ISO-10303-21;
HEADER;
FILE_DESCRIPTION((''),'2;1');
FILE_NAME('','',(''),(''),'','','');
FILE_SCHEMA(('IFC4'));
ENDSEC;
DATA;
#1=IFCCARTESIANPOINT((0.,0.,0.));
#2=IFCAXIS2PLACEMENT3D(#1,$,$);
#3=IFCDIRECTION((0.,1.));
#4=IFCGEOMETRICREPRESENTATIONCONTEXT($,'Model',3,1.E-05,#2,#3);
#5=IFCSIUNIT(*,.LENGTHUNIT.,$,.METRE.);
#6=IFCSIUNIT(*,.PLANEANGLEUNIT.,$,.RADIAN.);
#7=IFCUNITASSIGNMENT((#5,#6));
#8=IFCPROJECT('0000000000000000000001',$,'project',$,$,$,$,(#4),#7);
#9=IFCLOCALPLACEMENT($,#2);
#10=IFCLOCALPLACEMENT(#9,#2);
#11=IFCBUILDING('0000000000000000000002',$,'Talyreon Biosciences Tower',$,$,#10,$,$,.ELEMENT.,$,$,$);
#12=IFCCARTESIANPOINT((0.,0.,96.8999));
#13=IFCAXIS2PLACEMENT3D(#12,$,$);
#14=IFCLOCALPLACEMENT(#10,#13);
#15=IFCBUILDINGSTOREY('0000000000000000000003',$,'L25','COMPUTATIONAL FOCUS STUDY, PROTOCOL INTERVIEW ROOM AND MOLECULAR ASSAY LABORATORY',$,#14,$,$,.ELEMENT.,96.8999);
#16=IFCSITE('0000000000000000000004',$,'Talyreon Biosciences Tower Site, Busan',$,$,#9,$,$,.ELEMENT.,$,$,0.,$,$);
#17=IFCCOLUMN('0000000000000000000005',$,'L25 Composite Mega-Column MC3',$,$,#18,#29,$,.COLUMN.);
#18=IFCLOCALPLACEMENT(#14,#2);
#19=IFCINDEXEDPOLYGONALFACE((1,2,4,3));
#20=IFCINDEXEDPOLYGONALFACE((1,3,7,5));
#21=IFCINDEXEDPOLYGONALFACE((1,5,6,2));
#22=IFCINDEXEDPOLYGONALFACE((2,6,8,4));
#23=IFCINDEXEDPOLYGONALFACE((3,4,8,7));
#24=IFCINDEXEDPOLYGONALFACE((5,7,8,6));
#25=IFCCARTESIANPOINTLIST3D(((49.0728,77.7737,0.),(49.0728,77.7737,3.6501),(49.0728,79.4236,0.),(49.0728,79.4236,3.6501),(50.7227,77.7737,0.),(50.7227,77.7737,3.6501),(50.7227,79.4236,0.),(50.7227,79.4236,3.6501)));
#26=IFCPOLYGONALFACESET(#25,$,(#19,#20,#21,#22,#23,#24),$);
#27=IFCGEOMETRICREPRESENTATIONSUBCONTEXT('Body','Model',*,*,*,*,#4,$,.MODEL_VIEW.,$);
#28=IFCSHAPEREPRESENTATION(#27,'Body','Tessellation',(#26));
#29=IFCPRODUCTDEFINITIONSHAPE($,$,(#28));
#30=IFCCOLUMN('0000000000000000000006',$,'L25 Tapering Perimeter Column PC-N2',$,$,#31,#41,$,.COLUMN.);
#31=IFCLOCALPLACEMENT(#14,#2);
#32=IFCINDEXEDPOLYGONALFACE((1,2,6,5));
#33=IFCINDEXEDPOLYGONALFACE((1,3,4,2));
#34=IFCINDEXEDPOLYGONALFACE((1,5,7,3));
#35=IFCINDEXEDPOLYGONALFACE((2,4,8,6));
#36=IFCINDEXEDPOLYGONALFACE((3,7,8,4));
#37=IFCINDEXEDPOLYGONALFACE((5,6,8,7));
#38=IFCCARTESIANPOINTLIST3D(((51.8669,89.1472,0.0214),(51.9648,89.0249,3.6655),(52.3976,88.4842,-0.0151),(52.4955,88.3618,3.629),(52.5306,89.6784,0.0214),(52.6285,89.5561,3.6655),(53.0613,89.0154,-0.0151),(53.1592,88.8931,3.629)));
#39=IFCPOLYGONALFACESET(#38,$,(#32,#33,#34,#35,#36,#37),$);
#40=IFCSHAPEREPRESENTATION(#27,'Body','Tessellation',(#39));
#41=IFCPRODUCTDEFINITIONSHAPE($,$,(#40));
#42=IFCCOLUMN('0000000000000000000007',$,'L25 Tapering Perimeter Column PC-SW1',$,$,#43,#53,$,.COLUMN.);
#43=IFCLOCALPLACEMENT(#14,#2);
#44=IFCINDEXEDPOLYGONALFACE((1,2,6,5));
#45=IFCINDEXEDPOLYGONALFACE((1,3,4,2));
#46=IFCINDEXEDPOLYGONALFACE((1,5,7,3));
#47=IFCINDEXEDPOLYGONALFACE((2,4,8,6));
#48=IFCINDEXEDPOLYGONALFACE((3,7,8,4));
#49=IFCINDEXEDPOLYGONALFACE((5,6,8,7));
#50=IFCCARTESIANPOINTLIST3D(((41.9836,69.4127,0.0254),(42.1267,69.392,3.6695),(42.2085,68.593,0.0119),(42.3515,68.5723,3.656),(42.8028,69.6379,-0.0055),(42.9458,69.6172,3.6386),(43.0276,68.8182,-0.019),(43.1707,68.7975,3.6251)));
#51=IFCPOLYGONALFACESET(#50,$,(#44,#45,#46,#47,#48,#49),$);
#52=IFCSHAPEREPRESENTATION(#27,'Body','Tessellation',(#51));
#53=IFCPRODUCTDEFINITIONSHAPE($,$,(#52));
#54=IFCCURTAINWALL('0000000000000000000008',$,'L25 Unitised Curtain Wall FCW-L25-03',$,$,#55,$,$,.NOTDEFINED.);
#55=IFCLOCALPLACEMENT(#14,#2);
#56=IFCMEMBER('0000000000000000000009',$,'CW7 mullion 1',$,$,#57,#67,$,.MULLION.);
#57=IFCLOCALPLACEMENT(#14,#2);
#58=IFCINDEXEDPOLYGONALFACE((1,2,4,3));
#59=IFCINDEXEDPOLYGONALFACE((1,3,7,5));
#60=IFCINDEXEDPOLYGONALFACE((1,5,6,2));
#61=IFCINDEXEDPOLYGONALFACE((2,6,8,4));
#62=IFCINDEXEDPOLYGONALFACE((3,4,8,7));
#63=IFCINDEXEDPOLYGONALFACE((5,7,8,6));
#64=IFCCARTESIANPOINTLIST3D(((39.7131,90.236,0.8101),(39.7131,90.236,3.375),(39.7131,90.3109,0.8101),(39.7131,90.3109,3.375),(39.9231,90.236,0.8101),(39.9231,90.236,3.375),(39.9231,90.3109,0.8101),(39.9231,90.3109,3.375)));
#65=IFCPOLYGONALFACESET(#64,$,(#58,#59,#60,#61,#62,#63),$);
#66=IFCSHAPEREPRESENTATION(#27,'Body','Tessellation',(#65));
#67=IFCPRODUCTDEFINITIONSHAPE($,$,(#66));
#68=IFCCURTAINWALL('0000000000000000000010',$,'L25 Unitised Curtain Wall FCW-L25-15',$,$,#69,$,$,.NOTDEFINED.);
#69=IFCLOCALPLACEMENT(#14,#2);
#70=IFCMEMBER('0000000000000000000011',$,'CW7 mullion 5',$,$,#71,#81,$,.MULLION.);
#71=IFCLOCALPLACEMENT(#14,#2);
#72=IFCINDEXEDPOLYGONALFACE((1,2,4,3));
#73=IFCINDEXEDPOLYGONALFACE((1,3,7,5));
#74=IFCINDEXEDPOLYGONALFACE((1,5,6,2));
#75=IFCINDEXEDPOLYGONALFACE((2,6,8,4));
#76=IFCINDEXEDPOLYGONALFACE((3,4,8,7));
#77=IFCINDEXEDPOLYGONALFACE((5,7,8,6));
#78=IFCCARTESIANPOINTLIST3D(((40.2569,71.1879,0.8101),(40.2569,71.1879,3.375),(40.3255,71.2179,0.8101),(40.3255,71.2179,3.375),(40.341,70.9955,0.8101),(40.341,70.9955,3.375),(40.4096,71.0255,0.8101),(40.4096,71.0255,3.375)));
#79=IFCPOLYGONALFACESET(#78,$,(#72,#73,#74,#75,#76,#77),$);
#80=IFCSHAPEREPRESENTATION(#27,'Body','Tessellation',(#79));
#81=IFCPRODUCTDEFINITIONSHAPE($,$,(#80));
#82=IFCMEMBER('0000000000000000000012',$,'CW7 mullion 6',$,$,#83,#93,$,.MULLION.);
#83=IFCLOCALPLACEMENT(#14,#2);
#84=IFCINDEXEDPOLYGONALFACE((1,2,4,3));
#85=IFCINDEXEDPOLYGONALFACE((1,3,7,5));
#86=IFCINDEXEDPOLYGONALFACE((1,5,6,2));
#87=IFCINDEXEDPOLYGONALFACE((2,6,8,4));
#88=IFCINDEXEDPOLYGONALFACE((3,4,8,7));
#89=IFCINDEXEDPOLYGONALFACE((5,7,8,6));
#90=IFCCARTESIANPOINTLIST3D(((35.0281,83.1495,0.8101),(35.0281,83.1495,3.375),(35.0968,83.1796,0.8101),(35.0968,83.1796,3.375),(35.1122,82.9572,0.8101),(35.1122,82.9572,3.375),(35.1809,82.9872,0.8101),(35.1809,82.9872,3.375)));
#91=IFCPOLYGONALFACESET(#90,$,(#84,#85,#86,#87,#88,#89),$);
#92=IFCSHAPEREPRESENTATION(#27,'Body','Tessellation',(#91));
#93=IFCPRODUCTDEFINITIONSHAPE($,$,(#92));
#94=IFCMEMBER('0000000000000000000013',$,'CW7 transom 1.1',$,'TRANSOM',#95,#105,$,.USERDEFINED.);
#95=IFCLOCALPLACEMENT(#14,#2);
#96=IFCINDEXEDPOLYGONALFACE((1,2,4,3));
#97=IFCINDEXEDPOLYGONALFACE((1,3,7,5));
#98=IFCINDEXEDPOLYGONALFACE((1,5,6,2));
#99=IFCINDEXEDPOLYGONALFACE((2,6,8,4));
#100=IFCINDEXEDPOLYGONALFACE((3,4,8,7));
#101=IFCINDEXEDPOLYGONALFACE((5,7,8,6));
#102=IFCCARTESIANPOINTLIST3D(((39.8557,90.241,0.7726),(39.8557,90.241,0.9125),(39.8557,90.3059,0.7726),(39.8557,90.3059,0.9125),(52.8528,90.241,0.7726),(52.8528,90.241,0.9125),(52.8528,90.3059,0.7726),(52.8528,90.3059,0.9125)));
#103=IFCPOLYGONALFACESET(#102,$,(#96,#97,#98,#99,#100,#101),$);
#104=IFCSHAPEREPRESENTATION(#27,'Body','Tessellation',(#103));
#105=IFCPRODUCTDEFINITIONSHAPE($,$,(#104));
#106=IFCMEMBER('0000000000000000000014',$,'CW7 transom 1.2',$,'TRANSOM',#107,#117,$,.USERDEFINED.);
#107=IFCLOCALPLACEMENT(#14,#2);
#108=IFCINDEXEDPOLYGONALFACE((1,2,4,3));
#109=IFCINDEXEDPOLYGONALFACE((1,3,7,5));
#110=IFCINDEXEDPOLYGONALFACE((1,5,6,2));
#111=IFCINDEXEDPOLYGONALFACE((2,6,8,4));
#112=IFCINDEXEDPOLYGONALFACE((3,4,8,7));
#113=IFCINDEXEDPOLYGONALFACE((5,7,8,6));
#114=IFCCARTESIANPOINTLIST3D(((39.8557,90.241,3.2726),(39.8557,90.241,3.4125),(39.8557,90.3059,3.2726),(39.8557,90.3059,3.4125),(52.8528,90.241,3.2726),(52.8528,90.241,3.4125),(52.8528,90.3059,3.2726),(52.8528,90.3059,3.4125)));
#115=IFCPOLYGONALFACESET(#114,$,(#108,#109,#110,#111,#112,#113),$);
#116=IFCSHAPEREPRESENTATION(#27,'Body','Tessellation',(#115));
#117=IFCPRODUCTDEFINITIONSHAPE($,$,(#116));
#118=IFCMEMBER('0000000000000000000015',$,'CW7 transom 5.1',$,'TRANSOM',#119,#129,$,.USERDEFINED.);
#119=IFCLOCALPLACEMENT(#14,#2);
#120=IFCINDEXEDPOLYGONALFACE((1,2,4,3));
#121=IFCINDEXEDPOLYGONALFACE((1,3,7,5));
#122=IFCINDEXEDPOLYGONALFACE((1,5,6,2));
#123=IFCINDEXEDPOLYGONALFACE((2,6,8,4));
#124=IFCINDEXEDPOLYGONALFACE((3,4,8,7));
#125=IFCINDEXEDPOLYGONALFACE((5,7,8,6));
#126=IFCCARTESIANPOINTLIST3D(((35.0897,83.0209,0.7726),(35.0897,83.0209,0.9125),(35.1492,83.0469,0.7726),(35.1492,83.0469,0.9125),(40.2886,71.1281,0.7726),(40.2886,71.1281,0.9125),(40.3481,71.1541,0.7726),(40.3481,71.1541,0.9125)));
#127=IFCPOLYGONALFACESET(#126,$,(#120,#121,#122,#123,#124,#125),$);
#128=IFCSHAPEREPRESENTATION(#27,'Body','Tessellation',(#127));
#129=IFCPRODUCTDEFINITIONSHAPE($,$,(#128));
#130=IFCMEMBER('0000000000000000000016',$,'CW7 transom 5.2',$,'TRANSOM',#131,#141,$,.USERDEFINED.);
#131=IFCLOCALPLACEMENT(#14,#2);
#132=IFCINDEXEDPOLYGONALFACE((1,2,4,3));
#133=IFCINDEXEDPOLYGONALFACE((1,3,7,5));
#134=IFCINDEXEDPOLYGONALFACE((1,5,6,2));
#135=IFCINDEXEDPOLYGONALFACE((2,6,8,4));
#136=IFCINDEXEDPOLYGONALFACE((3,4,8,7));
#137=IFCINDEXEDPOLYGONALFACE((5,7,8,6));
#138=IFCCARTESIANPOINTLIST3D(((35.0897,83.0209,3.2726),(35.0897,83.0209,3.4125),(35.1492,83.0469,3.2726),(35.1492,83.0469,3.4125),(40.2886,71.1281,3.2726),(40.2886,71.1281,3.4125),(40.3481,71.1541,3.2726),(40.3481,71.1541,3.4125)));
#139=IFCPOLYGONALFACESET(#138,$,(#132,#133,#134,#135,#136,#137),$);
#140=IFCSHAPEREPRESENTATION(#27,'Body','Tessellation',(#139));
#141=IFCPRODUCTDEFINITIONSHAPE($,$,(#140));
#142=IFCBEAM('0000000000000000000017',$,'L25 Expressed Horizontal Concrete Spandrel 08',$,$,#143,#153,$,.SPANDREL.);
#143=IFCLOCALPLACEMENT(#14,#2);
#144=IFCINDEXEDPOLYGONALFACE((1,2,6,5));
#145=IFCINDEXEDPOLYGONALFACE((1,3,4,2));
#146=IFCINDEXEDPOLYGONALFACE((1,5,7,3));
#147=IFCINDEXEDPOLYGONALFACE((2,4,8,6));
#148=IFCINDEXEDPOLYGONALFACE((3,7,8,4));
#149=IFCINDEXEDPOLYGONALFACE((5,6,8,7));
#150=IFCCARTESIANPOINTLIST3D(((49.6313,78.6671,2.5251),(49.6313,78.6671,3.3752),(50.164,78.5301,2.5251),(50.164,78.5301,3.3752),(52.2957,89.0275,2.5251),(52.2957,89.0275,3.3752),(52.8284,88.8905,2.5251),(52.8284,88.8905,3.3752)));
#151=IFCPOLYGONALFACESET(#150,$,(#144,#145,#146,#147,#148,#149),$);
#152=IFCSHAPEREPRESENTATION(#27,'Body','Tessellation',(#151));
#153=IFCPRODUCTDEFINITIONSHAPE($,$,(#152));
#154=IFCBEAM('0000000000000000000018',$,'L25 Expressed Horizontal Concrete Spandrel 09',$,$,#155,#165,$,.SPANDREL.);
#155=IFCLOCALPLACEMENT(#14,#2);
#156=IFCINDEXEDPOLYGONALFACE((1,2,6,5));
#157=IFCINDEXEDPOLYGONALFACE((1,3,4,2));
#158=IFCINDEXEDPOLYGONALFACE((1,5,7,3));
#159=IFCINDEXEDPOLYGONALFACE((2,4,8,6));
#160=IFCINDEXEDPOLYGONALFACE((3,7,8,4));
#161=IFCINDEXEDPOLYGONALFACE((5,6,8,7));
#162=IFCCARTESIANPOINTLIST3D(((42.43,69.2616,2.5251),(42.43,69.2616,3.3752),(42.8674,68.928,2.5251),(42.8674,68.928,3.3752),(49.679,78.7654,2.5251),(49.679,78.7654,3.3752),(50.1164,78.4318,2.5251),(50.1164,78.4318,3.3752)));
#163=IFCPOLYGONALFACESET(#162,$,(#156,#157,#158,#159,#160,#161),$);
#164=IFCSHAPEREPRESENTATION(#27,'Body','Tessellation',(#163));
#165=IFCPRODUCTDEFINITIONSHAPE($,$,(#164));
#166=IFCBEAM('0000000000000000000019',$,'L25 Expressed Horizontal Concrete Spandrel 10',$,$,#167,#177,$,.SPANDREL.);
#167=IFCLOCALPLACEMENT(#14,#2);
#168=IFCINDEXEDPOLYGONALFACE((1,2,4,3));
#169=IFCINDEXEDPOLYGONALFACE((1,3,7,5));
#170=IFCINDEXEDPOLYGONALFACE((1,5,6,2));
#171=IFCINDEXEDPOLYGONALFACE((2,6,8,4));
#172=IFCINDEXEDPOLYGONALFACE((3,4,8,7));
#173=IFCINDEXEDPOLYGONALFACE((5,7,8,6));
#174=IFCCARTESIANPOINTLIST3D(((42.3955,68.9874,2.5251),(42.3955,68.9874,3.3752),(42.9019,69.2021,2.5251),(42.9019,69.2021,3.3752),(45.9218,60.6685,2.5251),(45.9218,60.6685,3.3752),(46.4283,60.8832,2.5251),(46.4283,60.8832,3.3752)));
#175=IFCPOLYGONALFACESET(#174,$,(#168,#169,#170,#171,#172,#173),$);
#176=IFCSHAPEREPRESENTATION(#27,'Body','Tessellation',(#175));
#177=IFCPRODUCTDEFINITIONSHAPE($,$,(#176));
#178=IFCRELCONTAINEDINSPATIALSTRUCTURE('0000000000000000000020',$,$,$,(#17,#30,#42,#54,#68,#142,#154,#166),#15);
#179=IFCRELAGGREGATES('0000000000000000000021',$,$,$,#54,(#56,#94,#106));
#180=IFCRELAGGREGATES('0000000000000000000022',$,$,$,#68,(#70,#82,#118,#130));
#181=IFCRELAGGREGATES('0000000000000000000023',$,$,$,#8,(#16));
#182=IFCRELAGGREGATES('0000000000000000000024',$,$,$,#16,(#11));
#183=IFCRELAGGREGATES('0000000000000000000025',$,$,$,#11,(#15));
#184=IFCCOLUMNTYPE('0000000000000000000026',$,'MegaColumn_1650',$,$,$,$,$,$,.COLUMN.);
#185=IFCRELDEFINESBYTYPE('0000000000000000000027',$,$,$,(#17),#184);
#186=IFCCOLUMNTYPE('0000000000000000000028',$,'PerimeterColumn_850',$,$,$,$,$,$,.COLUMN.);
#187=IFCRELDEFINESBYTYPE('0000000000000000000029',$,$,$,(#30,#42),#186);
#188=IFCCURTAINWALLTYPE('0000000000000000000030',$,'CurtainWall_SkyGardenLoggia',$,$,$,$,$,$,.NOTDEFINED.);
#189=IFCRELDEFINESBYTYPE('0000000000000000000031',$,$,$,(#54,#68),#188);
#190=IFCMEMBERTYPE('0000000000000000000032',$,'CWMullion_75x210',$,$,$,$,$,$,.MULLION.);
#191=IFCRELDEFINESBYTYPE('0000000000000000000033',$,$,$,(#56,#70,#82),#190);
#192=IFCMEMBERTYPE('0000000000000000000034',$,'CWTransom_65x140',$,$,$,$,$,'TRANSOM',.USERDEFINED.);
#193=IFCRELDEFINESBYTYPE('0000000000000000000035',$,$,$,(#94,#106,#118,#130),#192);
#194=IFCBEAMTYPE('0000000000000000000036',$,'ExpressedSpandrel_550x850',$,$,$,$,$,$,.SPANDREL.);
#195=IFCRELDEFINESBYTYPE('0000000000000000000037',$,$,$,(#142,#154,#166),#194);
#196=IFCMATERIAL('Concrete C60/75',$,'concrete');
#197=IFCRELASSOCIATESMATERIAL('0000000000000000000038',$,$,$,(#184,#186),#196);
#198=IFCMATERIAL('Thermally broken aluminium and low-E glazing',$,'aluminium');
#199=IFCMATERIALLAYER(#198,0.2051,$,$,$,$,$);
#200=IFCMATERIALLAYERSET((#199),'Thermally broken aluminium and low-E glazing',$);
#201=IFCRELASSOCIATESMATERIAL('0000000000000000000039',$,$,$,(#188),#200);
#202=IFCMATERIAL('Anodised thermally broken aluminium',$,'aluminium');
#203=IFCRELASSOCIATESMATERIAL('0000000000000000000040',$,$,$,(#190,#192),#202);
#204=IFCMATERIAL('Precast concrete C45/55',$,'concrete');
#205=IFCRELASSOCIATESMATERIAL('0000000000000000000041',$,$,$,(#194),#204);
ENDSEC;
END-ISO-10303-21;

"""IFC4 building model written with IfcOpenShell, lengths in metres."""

from ifc_helpers import new_model, si_unit, direction, frame, origin, origin_2d, place, context, subcontext, project, spatial, rectangle, extrude, material, layer, layer_set, material_profile, profile_set, type_object, element, aggregate, save


model = new_model("IFC4")

# Units and contexts
model_context = context("Model", 3, precision=1e-05, world=origin(), true_north=direction((0.0, 1.0)))
body_context = subcontext(model_context, "Body", "Model", "MODEL_VIEW")
ifc_project = project(units=[si_unit("LENGTHUNIT", "METRE"), si_unit("PLANEANGLEUNIT", "RADIAN")], contexts=[model_context])

# Site, building, storey
site_placement = place(None, origin())
site = spatial("IfcSite", under=ifc_project, at=site_placement, Name="Talyreon Biosciences Tower Site, Busan", CompositionType="ELEMENT", RefElevation=0.0)
building_placement = place(site_placement, origin())
building = spatial("IfcBuilding", under=site, at=building_placement, Name="Talyreon Biosciences Tower", CompositionType="ELEMENT")
storey_placement = place(building_placement, frame((0.0, 0.0, 96.8999)))
storey = spatial("IfcBuildingStorey", under=building, at=storey_placement, Name="L25", Description="COMPUTATIONAL FOCUS STUDY, PROTOCOL INTERVIEW ROOM AND MOLECULAR ASSAY LABORATORY", CompositionType="ELEMENT", Elevation=96.8999)

# Columns
ifc_material_1 = material(Name="Concrete C60/75", Category="concrete")
ifc_material_profile_1 = material_profile(ifc_material_1, rectangle(XDim=1.6499, YDim=1.6499, at=origin_2d()), Name="RC 1650x1650")
ifc_profile_set_1 = profile_set([ifc_material_profile_1], Name="Concrete C60/75")
column_type_1 = type_object("IfcColumnType", Name="MegaColumn_1650", PredefinedType="COLUMN", material=ifc_profile_set_1)
column_1_placement = place(storey_placement, frame((49.8977, 78.5986, 0.0), z_axis=(0.0, 0.0, 1.0), x_axis=(1.0, 0.0, 0.0)))
element("IfcColumn", 1, at=column_1_placement, inside=storey, type_object=column_type_1, Name="L25 Composite Mega-Column MC3", PredefinedType="COLUMN", context=body_context, shape_type="SweptSolid", body=[
    extrude(rectangle(XDim=1.6499, YDim=1.6499, at=origin_2d()), origin(), (0.0, 0.0, 1.0), 3.6501),
])
ifc_material_profile_2 = material_profile(ifc_material_1, rectangle(XDim=0.8501, YDim=0.8501, at=origin_2d()), Name="RC 850x850")
ifc_profile_set_2 = profile_set([ifc_material_profile_2], Name="Concrete C60/75")
column_type_2 = type_object("IfcColumnType", Name="PerimeterColumn_850", PredefinedType="COLUMN", material=ifc_profile_set_2)
column_2_placement = place(storey_placement, frame((52.4641, 89.0813, 0.0032), z_axis=(0.026841, -0.033535, 0.999077), x_axis=(-0.780717, -0.624885, 0.0)))
element("IfcColumn", 2, at=column_2_placement, inside=storey, type_object=column_type_2, Name="L25 Tapering Perimeter Column PC-N2", PredefinedType="COLUMN", context=body_context, shape_type="SweptSolid", body=[
    extrude(rectangle(XDim=0.8501, YDim=0.8501, at=origin_2d()), origin(), (0.0, 0.0, 1.0), 3.6475),
])
column_3_placement = place(storey_placement, frame((42.5056, 69.1155, 0.0032), z_axis=(0.039229, -0.00569, 0.999214), x_axis=(0.963588, 0.264915, -0.036322)))
element("IfcColumn", 3, at=column_3_placement, inside=storey, type_object=column_type_2, Name="L25 Tapering Perimeter Column PC-SW1", PredefinedType="COLUMN", context=body_context, shape_type="SweptSolid", body=[
    extrude(rectangle(XDim=0.8501, YDim=0.8501, at=origin_2d()), origin(), (0.0, 0.0, 1.0), 3.647),
])

# Curtain wall, member
ifc_material_2 = material(Name="Thermally broken aluminium and low-E glazing", Category="aluminium")
ifc_layer_1 = layer(ifc_material_2, 0.2051)
ifc_layer_set_1 = layer_set([ifc_layer_1], Name="Thermally broken aluminium and low-E glazing")
curtain_wall_type = type_object("IfcCurtainWallType", Name="CurtainWall_SkyGardenLoggia", PredefinedType="NOTDEFINED", material=ifc_layer_set_1)
curtain_wall_1_placement = place(storey_placement, origin())
curtain_wall_1 = element("IfcCurtainWall", 4, at=curtain_wall_1_placement, inside=storey, type_object=curtain_wall_type, Name="L25 Unitised Curtain Wall FCW-L25-03", PredefinedType="NOTDEFINED")
ifc_material_3 = material(Name="Anodised thermally broken aluminium", Category="aluminium")
ifc_material_profile_3 = material_profile(ifc_material_3, rectangle(XDim=0.075, YDim=0.21, at=origin_2d()), Name="ALUM MULLION 75x210")
ifc_profile_set_3 = profile_set([ifc_material_profile_3], Name="Anodised thermally broken aluminium")
member_type_1 = type_object("IfcMemberType", Name="CWMullion_75x210", PredefinedType="MULLION", material=ifc_profile_set_3)
member_1_placement = place(storey_placement, frame((39.8181, 90.2734, 0.8101), z_axis=(0.0, 0.0, 1.0), x_axis=(0.0, 1.0, 0.0)))
member_1 = element("IfcMember", 5, at=member_1_placement, type_object=member_type_1, Name="CW7 mullion 1", PredefinedType="MULLION", context=body_context, shape_type="SweptSolid", body=[
    extrude(rectangle(XDim=0.075, YDim=0.21, at=origin_2d()), origin(), (0.0, 0.0, 1.0), 2.5649),
])

# Curtain wall, members
curtain_wall_2_placement = place(storey_placement, origin())
curtain_wall_2 = element("IfcCurtainWall", 6, at=curtain_wall_2_placement, inside=storey, type_object=curtain_wall_type, Name="L25 Unitised Curtain Wall FCW-L25-15", PredefinedType="NOTDEFINED")
member_2_placement = place(storey_placement, frame((40.3333, 71.1067, 0.8101), z_axis=(0.0, 0.0, 1.0), x_axis=(-0.916278, -0.400542, 0.0)))
member_2 = element("IfcMember", 7, at=member_2_placement, type_object=member_type_1, Name="CW7 mullion 5", PredefinedType="MULLION", context=body_context, shape_type="SweptSolid", body=[
    extrude(rectangle(XDim=0.075, YDim=0.21, at=origin_2d()), origin(), (0.0, 0.0, 1.0), 2.5649),
])
member_3_placement = place(storey_placement, frame((35.1045, 83.0684, 0.8101), z_axis=(0.0, 0.0, 1.0), x_axis=(-0.916278, -0.400542, 0.0)))
member_3 = element("IfcMember", 8, at=member_3_placement, type_object=member_type_1, Name="CW7 mullion 6", PredefinedType="MULLION", context=body_context, shape_type="SweptSolid", body=[
    extrude(rectangle(XDim=0.075, YDim=0.21, at=origin_2d()), origin(), (0.0, 0.0, 1.0), 2.5649),
])

# Members
ifc_material_profile_4 = material_profile(ifc_material_3, rectangle(XDim=0.0649, YDim=0.1399, at=origin_2d()), Name="ALUM TRANSOM 65x140")
ifc_profile_set_4 = profile_set([ifc_material_profile_4], Name="Anodised thermally broken aluminium")
member_type_2 = type_object("IfcMemberType", Name="CWTransom_65x140", ElementType="TRANSOM", PredefinedType="USERDEFINED", material=ifc_profile_set_4)
member_4_placement = place(storey_placement, frame((39.8557, 90.2734, 0.8425), z_axis=(1.0, 0.0, 0.0), x_axis=(0.0, 1.0, 0.0)))
member_4 = element("IfcMember", 9, at=member_4_placement, type_object=member_type_2, Name="CW7 transom 1.1", ObjectType="TRANSOM", PredefinedType="USERDEFINED", context=body_context, shape_type="SweptSolid", body=[
    extrude(rectangle(XDim=0.0649, YDim=0.1399, at=origin_2d()), origin(), (0.0, 0.0, 1.0), 12.9971),
])
member_5_placement = place(storey_placement, frame((39.8557, 90.2734, 3.3425), z_axis=(1.0, 0.0, 0.0), x_axis=(0.0, 1.0, 0.0)))
member_5 = element("IfcMember", 10, at=member_5_placement, type_object=member_type_2, Name="CW7 transom 1.2", ObjectType="TRANSOM", PredefinedType="USERDEFINED", context=body_context, shape_type="SweptSolid", body=[
    extrude(rectangle(XDim=0.0649, YDim=0.1399, at=origin_2d()), origin(), (0.0, 0.0, 1.0), 12.9971),
])
member_6_placement = place(storey_placement, frame((40.3184, 71.1411, 0.8425), z_axis=(-0.400551, 0.916274, 0.0), x_axis=(-0.916274, -0.400551, 0.0)))
member_6 = element("IfcMember", 11, at=member_6_placement, type_object=member_type_2, Name="CW7 transom 5.1", ObjectType="TRANSOM", PredefinedType="USERDEFINED", context=body_context, shape_type="SweptSolid", body=[
    extrude(rectangle(XDim=0.0649, YDim=0.1399, at=origin_2d()), origin(), (0.0, 0.0, 1.0), 12.9795),
])
member_7_placement = place(storey_placement, frame((40.3184, 71.1411, 3.3425), z_axis=(-0.400551, 0.916274, 0.0), x_axis=(-0.916274, -0.400551, 0.0)))
member_7 = element("IfcMember", 12, at=member_7_placement, type_object=member_type_2, Name="CW7 transom 5.2", ObjectType="TRANSOM", PredefinedType="USERDEFINED", context=body_context, shape_type="SweptSolid", body=[
    extrude(rectangle(XDim=0.0649, YDim=0.1399, at=origin_2d()), origin(), (0.0, 0.0, 1.0), 12.9795),
])

# Beams
ifc_material_4 = material(Name="Precast concrete C45/55", Category="concrete")
ifc_material_profile_5 = material_profile(ifc_material_4, rectangle(XDim=0.55, YDim=0.8501, at=origin_2d()), Name="RCB 550x850")
ifc_profile_set_5 = profile_set([ifc_material_profile_5], Name="Precast concrete C45/55")
beam_type_1 = type_object("IfcBeamType", Name="ExpressedSpandrel_550x850", PredefinedType="SPANDREL", material=ifc_profile_set_5)
beam_1_placement = place(storey_placement, frame((52.562, 88.959, 2.9502), z_axis=(-0.24906, -0.968488, 0.0), x_axis=(0.968488, -0.24906, 0.0)))
element("IfcBeam", 13, at=beam_1_placement, inside=storey, type_object=beam_type_1, Name="L25 Expressed Horizontal Concrete Spandrel 08", PredefinedType="SPANDREL", context=body_context, shape_type="SweptSolid", body=[
    extrude(rectangle(XDim=0.55, YDim=0.8501, at=origin_2d()), origin(), (0.0, 0.0, 1.0), 10.6975),
])
beam_2_placement = place(storey_placement, frame((49.8977, 78.5986, 2.9502), z_axis=(-0.606464, -0.795111, 0.0), x_axis=(0.795111, -0.606464, 0.0)))
element("IfcBeam", 14, at=beam_2_placement, inside=storey, type_object=beam_type_1, Name="L25 Expressed Horizontal Concrete Spandrel 09", PredefinedType="SPANDREL", context=body_context, shape_type="SweptSolid", body=[
    extrude(rectangle(XDim=0.55, YDim=0.8501, at=origin_2d()), origin(), (0.0, 0.0, 1.0), 11.9529),
])
beam_3_placement = place(storey_placement, frame((42.6487, 69.0947, 2.9502), z_axis=(0.390283, -0.920695, 0.0), x_axis=(0.920695, 0.390283, 0.0)))
element("IfcBeam", 15, at=beam_3_placement, inside=storey, type_object=beam_type_1, Name="L25 Expressed Horizontal Concrete Spandrel 10", PredefinedType="SPANDREL", context=body_context, shape_type="SweptSolid", body=[
    extrude(rectangle(XDim=0.55, YDim=0.8501, at=origin_2d()), origin(), (0.0, 0.0, 1.0), 9.0354),
])

aggregate(curtain_wall_1, [member_1, member_4, member_5])
aggregate(curtain_wall_2, [member_2, member_3, member_6, member_7])

save(model, "model.ifc")
